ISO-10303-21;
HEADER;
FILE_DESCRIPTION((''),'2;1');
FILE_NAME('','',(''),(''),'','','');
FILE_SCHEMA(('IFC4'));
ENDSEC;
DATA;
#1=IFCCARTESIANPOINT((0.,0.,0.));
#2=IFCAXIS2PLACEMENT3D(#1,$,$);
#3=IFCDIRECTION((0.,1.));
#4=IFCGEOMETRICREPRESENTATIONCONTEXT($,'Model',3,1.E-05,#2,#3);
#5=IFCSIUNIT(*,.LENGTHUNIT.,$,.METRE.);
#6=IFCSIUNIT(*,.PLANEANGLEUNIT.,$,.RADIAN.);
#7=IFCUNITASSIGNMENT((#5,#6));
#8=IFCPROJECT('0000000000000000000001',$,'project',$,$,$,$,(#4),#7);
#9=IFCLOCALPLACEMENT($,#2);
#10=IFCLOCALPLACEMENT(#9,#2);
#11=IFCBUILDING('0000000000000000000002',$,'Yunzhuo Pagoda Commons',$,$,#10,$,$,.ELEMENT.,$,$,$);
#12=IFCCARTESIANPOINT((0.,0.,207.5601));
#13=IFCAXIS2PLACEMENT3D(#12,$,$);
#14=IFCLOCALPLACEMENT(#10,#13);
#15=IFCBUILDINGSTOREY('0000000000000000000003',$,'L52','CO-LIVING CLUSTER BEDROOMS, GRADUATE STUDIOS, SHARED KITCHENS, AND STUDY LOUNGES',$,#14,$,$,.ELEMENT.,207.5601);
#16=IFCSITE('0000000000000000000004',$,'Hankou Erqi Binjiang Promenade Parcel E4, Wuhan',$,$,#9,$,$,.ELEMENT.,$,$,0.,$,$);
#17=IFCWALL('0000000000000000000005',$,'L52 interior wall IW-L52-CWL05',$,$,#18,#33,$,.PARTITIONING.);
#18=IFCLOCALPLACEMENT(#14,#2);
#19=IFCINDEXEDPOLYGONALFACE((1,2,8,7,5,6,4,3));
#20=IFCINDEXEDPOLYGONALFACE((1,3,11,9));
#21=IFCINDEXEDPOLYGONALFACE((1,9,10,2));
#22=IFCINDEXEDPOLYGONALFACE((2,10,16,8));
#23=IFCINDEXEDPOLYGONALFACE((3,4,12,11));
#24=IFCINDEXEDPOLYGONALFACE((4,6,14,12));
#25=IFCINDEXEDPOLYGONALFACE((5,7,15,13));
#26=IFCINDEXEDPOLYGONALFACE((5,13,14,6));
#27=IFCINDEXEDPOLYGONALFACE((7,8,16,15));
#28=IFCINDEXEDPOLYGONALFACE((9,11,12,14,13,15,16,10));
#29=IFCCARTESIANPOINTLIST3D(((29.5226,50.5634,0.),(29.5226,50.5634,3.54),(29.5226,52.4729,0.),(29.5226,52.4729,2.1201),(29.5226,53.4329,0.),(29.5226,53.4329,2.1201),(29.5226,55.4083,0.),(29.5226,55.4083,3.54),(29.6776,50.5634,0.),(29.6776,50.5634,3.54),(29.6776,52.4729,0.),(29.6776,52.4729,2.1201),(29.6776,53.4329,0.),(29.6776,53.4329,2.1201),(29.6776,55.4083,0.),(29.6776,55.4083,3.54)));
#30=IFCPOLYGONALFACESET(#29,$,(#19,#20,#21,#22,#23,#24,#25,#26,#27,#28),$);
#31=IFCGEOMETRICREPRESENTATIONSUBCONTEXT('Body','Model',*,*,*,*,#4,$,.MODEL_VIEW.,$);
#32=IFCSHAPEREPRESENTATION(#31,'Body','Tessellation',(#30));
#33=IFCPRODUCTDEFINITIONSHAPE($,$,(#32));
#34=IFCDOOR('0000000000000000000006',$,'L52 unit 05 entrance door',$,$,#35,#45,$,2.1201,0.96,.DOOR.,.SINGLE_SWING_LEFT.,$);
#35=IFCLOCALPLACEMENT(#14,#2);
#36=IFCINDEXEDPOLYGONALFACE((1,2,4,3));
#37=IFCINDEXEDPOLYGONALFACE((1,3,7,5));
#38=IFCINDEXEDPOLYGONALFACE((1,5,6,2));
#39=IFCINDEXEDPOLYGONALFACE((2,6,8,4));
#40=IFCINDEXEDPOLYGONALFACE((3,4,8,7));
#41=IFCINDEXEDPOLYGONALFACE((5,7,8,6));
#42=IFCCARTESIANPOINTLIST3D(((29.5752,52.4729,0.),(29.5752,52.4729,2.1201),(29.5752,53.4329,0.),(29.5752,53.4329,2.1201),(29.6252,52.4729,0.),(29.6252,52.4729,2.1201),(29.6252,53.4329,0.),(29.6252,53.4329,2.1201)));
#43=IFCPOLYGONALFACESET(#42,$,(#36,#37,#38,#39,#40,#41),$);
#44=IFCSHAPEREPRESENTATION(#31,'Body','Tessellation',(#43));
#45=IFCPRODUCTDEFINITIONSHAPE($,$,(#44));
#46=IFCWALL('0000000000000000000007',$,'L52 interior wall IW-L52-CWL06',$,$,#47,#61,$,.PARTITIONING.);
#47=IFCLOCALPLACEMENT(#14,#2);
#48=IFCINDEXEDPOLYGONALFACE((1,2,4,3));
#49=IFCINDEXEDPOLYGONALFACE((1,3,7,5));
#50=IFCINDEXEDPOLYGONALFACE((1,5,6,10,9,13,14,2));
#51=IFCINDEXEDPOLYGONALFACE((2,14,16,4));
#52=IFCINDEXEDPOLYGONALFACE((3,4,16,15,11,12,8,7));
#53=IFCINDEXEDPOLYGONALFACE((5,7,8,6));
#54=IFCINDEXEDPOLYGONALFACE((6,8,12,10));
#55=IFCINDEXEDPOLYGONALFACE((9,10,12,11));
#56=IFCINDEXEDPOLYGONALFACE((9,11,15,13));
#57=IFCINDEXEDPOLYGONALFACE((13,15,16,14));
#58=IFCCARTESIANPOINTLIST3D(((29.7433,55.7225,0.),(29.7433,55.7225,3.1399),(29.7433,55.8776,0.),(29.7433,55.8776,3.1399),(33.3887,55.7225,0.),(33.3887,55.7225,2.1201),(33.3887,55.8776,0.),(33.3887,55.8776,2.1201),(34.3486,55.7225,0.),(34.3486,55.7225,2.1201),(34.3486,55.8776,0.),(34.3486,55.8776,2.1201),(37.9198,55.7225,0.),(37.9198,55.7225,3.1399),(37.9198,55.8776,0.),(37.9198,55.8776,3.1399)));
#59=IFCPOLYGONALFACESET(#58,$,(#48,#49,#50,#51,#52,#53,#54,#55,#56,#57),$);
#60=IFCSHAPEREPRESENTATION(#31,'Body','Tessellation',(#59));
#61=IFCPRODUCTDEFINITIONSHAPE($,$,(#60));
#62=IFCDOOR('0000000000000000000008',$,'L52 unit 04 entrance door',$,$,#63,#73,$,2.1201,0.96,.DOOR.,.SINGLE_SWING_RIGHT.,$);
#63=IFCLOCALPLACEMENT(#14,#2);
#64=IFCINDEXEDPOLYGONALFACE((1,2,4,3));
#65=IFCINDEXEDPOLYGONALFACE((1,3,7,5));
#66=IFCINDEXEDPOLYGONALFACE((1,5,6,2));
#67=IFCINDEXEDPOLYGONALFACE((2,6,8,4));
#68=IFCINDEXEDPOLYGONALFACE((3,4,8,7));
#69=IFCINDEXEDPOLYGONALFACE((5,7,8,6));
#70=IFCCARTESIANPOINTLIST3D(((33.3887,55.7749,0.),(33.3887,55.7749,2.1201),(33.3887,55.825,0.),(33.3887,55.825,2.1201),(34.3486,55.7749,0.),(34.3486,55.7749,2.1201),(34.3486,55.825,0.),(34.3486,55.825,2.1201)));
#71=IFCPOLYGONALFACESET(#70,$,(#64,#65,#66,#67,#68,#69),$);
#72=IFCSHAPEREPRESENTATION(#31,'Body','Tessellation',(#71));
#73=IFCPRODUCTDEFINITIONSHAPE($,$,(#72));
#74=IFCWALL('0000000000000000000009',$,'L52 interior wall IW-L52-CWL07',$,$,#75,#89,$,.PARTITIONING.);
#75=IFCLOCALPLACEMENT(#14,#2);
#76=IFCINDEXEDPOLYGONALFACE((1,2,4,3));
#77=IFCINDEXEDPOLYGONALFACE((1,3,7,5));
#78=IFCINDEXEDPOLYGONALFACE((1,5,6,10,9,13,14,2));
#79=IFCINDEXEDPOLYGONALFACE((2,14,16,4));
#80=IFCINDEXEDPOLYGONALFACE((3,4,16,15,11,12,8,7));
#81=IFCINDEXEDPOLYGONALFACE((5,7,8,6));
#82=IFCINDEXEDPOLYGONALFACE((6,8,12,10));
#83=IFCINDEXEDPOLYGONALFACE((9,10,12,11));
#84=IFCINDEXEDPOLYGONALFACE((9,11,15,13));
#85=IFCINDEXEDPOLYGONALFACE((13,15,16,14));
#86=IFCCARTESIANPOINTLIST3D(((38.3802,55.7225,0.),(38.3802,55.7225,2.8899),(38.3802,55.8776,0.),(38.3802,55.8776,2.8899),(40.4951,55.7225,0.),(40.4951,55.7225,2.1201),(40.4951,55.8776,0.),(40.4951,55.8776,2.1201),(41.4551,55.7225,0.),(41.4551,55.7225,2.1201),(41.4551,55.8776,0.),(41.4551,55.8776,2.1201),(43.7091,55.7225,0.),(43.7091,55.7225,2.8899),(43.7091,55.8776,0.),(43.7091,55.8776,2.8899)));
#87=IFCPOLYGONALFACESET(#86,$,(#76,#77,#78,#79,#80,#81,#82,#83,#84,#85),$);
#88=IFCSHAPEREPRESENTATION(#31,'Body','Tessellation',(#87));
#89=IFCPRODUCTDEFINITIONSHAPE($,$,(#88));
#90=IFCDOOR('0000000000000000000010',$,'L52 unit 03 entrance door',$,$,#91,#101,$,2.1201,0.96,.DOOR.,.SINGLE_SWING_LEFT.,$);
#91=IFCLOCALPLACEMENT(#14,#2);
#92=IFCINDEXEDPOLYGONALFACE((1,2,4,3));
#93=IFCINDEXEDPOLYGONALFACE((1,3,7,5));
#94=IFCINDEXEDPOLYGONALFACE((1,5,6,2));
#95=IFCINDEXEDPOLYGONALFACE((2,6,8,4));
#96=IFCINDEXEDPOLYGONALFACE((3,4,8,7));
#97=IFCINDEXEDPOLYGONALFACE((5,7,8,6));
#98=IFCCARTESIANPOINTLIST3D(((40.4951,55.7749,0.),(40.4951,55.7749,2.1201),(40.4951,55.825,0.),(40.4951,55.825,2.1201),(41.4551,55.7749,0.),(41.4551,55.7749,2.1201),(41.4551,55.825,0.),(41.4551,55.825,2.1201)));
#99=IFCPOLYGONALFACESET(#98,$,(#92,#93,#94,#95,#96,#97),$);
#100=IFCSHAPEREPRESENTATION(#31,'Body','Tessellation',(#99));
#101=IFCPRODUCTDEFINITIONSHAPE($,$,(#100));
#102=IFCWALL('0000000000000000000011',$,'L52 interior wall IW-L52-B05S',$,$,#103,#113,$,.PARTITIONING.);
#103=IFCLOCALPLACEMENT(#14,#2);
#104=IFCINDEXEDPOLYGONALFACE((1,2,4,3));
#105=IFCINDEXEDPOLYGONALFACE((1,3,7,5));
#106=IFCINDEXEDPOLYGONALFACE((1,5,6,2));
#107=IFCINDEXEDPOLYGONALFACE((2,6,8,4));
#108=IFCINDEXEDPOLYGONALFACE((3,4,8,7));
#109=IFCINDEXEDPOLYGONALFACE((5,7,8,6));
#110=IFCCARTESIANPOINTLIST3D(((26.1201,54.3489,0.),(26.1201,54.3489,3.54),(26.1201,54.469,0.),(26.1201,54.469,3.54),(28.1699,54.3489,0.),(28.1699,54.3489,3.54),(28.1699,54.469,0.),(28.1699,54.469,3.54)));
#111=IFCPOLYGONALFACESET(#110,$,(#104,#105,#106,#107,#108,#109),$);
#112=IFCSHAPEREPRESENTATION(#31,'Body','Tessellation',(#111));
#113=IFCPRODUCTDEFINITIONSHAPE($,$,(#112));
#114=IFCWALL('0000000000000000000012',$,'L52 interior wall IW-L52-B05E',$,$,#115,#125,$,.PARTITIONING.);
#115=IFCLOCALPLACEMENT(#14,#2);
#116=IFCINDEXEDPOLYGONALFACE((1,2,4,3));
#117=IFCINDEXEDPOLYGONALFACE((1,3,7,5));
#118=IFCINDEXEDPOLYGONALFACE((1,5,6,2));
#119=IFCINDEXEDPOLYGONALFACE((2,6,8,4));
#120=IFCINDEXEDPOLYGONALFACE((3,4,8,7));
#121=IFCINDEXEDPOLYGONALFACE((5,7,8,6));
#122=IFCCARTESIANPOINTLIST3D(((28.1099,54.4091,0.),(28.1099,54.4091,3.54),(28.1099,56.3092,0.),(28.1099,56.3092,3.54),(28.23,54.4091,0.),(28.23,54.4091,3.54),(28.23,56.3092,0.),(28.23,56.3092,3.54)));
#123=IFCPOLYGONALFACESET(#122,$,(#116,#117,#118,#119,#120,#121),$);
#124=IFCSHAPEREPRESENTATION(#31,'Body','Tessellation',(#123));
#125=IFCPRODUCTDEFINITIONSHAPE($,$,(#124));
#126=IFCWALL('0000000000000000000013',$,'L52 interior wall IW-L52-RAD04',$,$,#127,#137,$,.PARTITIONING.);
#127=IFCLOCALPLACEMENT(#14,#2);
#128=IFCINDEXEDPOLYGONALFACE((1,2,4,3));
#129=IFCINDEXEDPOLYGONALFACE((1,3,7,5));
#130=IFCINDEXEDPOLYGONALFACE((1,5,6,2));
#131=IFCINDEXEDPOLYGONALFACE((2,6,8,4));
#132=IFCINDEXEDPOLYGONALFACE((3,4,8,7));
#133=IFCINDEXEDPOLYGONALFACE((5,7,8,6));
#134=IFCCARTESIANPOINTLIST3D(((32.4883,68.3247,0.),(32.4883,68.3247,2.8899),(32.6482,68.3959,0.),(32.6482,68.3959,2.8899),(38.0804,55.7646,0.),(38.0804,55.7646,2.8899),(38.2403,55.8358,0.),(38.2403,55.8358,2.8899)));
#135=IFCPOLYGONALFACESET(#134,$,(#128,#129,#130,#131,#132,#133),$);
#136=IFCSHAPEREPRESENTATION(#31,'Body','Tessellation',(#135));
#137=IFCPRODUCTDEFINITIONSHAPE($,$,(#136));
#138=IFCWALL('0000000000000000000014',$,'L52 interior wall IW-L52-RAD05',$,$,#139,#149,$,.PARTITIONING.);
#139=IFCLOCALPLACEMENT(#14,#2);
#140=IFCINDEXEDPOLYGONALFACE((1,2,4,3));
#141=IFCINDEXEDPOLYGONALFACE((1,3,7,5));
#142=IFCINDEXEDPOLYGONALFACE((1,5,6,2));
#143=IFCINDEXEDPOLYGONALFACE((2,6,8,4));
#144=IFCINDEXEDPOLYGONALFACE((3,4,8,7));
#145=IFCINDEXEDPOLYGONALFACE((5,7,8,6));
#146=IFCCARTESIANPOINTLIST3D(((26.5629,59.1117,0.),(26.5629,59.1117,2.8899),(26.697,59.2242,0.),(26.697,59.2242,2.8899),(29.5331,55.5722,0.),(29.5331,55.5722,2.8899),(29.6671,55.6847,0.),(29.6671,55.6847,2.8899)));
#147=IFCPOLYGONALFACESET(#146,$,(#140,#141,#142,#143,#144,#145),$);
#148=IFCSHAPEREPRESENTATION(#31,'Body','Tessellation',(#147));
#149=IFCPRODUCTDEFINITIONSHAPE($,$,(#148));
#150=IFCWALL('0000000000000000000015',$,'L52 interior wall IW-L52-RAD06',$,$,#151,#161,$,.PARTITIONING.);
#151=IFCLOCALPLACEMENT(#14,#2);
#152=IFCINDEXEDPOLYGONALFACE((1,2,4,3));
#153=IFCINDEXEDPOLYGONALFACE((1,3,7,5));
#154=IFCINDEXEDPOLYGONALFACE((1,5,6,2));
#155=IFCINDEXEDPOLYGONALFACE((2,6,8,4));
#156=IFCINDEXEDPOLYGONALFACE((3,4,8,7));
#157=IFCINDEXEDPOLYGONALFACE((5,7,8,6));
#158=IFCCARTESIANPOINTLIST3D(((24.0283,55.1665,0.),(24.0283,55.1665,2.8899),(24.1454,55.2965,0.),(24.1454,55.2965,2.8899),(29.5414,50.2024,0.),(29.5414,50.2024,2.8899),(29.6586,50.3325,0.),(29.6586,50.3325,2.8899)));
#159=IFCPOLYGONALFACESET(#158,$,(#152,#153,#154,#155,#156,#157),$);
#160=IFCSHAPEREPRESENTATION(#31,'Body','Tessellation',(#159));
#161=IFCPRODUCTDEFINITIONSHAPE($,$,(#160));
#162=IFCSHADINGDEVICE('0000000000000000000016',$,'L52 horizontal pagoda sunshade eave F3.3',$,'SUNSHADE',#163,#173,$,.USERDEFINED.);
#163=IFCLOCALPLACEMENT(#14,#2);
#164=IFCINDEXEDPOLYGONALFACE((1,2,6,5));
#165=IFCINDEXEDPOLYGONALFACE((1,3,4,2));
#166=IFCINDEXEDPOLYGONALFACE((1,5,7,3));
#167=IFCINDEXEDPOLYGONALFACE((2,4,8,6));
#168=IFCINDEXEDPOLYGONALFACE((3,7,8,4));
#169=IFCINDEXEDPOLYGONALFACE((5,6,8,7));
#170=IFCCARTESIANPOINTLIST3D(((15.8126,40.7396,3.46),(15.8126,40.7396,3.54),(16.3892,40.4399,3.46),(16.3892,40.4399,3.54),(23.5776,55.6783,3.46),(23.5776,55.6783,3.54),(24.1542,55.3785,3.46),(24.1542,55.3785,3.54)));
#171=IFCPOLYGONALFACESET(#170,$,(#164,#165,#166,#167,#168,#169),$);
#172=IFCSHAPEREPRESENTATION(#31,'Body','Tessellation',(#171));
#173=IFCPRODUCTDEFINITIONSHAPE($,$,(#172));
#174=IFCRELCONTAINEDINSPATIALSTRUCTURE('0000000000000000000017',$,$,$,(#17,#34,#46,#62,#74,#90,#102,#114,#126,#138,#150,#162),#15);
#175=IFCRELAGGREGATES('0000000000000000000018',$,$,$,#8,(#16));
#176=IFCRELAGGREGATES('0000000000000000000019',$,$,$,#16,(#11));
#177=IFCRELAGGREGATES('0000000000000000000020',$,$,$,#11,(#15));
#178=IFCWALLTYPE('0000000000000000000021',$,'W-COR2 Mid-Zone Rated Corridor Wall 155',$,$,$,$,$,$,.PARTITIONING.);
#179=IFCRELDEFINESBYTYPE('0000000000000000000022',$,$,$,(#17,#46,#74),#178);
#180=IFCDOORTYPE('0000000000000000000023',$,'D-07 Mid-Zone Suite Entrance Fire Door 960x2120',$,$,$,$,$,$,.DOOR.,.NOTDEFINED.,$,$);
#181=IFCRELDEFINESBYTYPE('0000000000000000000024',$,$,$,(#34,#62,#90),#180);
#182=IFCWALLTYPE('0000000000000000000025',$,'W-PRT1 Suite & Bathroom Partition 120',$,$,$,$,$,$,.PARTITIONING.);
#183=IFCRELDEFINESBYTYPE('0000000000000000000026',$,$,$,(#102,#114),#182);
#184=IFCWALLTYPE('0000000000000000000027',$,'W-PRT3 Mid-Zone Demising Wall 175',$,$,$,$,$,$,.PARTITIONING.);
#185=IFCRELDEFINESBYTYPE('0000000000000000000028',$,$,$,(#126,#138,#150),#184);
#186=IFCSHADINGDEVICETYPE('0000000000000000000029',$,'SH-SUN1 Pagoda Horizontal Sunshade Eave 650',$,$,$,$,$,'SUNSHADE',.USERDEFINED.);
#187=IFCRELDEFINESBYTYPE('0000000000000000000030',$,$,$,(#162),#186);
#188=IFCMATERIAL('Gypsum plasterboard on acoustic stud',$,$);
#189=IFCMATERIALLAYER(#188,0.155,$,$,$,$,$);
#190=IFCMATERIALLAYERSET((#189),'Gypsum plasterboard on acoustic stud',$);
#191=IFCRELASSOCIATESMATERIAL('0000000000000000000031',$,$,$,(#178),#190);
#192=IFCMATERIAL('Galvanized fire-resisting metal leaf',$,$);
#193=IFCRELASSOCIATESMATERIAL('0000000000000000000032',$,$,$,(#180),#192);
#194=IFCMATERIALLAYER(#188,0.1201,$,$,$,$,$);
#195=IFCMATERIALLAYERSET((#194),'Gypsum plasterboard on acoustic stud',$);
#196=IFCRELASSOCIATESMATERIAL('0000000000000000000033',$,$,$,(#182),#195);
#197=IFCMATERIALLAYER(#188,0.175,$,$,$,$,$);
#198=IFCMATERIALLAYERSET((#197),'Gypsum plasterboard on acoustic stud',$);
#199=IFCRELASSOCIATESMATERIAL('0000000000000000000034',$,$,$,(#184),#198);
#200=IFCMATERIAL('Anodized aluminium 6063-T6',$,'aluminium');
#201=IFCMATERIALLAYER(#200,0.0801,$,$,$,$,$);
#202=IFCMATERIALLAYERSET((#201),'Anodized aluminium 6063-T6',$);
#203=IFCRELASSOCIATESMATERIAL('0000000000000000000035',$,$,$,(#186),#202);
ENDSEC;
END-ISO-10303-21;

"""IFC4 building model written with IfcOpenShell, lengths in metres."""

from ifc_helpers import new_model, si_unit, direction, frame, frame_2d, origin, origin_with_axes, origin_2d, place, context, subcontext, project, spatial, rectangle, extrude, source, transform, mapped, material, layer, layer_set, type_object, element, fill, save


model = new_model("IFC4")

# Units and contexts
model_context = context("Model", 3, precision=1e-05, world=origin(), true_north=direction((0.0, 1.0)))
body_context = subcontext(model_context, "Body", "Model", "MODEL_VIEW")
ifc_project = project(units=[si_unit("LENGTHUNIT", "METRE"), si_unit("PLANEANGLEUNIT", "RADIAN")], contexts=[model_context])

# Site, building, storey
site_placement = place(None, origin())
site = spatial("IfcSite", under=ifc_project, at=site_placement, Name="Hankou Erqi Binjiang Promenade Parcel E4, Wuhan", CompositionType="ELEMENT", RefElevation=0.0)
building_placement = place(site_placement, origin())
building = spatial("IfcBuilding", under=site, at=building_placement, Name="Yunzhuo Pagoda Commons", CompositionType="ELEMENT")
storey_placement = place(building_placement, frame((0.0, 0.0, 207.5601)))
storey = spatial("IfcBuildingStorey", under=building, at=storey_placement, Name="L52", Description="CO-LIVING CLUSTER BEDROOMS, GRADUATE STUDIOS, SHARED KITCHENS, AND STUDY LOUNGES", CompositionType="ELEMENT", Elevation=207.5601)

# Shared definitions
ifc_material_1 = material(Name="Anodized aluminium 6063-T6", Category="aluminium")

# Shared definitions
ifc_material_2 = material(Name="Gypsum plasterboard on acoustic stud")
ifc_layer_1 = layer(ifc_material_2, 0.155)
ifc_layer_set_1 = layer_set([ifc_layer_1], Name="Gypsum plasterboard on acoustic stud")
wall_type_1 = type_object("IfcWallType", Name="W-COR2 Mid-Zone Rated Corridor Wall 155", PredefinedType="PARTITIONING", material=ifc_layer_set_1)

# Walls, openings, doors
wall_1_placement = place(storey_placement, frame((29.6001, 50.5635, 0.0), z_axis=(0.0, 0.0, 1.0), x_axis=(0.0, 1.0, 0.0)))
wall_1 = element("IfcWall", 1, at=wall_1_placement, inside=storey, type_object=wall_type_1, Name="L52 interior wall IW-L52-CWL05", PredefinedType="PARTITIONING", context=body_context, shape_type="SweptSolid", body=[
    extrude(rectangle(XDim=4.845, YDim=0.155, at=frame_2d((2.4224, 0.0))), origin(), (0.0, 0.0, 1.0), 3.54),
])
opening_1_placement = place(wall_1_placement, frame((1.9094, 0.0, 0.0)))
opening_1 = element("IfcOpeningElement", 2, at=opening_1_placement, cuts=wall_1, PredefinedType="OPENING", context=body_context, shape_type="SweptSolid", body=[
    extrude(rectangle(XDim=0.96, YDim=2.1201, at=frame_2d((0.48, 1.0601))), frame((0.0, 0.0874, 0.0), z_axis=(0.0, -1.0, 0.0), x_axis=(1.0, 0.0, 0.0)), (0.0, 0.0, 1.0), 0.175),
])
ifc_material_3 = material(Name="Galvanized fire-resisting metal leaf")
door_type_1 = type_object("IfcDoorType", Name="D-07 Mid-Zone Suite Entrance Fire Door 960x2120", OperationType="NOTDEFINED", PredefinedType="DOOR", material=ifc_material_3)
shared_shape_1 = source(origin(), body_context, "Body", "SweptSolid", [
    extrude(rectangle(XDim=0.96, YDim=2.1201, at=frame_2d((0.48, 1.0601))), frame((0.0, 0.0249, 0.0), z_axis=(0.0, -1.0, 0.0), x_axis=(1.0, 0.0, 0.0)), (0.0, 0.0, 1.0), 0.05),
])
door_1_placement = place(opening_1_placement, origin_with_axes())
door_1 = element("IfcDoor", 3, at=door_1_placement, inside=storey, type_object=door_type_1, Name="L52 unit 05 entrance door", OperationType="SINGLE_SWING_LEFT", OverallHeight=2.1201, OverallWidth=0.96, PredefinedType="DOOR", context=body_context, shape_type="MappedRepresentation", body=[
    mapped(shared_shape_1, transform((0.0, 0.0, 0.0), scale=1.0)),
])
fill(opening_1, door_1)
wall_2_placement = place(storey_placement, frame((29.7432, 55.8, 0.0), z_axis=(0.0, 0.0, 1.0), x_axis=(1.0, 0.0, 0.0)))
wall_2 = element("IfcWall", 4, at=wall_2_placement, inside=storey, type_object=wall_type_1, Name="L52 interior wall IW-L52-CWL06", PredefinedType="PARTITIONING", context=body_context, shape_type="SweptSolid", body=[
    extrude(rectangle(XDim=8.1765, YDim=0.155, at=frame_2d((4.0884, 0.0))), origin(), (0.0, 0.0, 1.0), 3.1399),
])
opening_2_placement = place(wall_2_placement, frame((3.6455, 0.0, 0.0)))
opening_2 = element("IfcOpeningElement", 5, at=opening_2_placement, cuts=wall_2, PredefinedType="OPENING", context=body_context, shape_type="SweptSolid", body=[
    extrude(rectangle(XDim=0.96, YDim=2.1201, at=frame_2d((0.48, 1.0601))), frame((0.0, 0.0874, 0.0), z_axis=(0.0, -1.0, 0.0), x_axis=(1.0, 0.0, 0.0)), (0.0, 0.0, 1.0), 0.175),
])
door_2_placement = place(opening_2_placement, origin_with_axes())
door_2 = element("IfcDoor", 6, at=door_2_placement, inside=storey, type_object=door_type_1, Name="L52 unit 04 entrance door", OperationType="SINGLE_SWING_RIGHT", OverallHeight=2.1201, OverallWidth=0.96, PredefinedType="DOOR", context=body_context, shape_type="MappedRepresentation", body=[
    mapped(shared_shape_1, transform((0.0, 0.0, 0.0), scale=1.0)),
])
fill(opening_2, door_2)
wall_3_placement = place(storey_placement, frame((38.3801, 55.8, 0.0), z_axis=(0.0, 0.0, 1.0), x_axis=(1.0, 0.0, 0.0)))
wall_3 = element("IfcWall", 7, at=wall_3_placement, inside=storey, type_object=wall_type_1, Name="L52 interior wall IW-L52-CWL07", PredefinedType="PARTITIONING", context=body_context, shape_type="SweptSolid", body=[
    extrude(rectangle(XDim=5.3289, YDim=0.155, at=frame_2d((2.6646, 0.0))), origin(), (0.0, 0.0, 1.0), 2.8899),
])
opening_3_placement = place(wall_3_placement, frame((2.115, 0.0, 0.0)))
opening_3 = element("IfcOpeningElement", 8, at=opening_3_placement, cuts=wall_3, PredefinedType="OPENING", context=body_context, shape_type="SweptSolid", body=[
    extrude(rectangle(XDim=0.96, YDim=2.1201, at=frame_2d((0.48, 1.0601))), frame((0.0, 0.0874, 0.0), z_axis=(0.0, -1.0, 0.0), x_axis=(1.0, 0.0, 0.0)), (0.0, 0.0, 1.0), 0.175),
])
door_3_placement = place(opening_3_placement, origin_with_axes())
door_3 = element("IfcDoor", 9, at=door_3_placement, inside=storey, type_object=door_type_1, Name="L52 unit 03 entrance door", OperationType="SINGLE_SWING_LEFT", OverallHeight=2.1201, OverallWidth=0.96, PredefinedType="DOOR", context=body_context, shape_type="MappedRepresentation", body=[
    mapped(shared_shape_1, transform((0.0, 0.0, 0.0), scale=1.0)),
])
fill(opening_3, door_3)

# Walls
ifc_layer_2 = layer(ifc_material_2, 0.1201)
ifc_layer_set_2 = layer_set([ifc_layer_2], Name="Gypsum plasterboard on acoustic stud")
wall_type_2 = type_object("IfcWallType", Name="W-PRT1 Suite & Bathroom Partition 120", PredefinedType="PARTITIONING", material=ifc_layer_set_2)
wall_4_placement = place(storey_placement, frame((26.1201, 54.4089, 0.0), z_axis=(0.0, 0.0, 1.0), x_axis=(1.0, 0.0, 0.0)))
element("IfcWall", 10, at=wall_4_placement, inside=storey, type_object=wall_type_2, Name="L52 interior wall IW-L52-B05S", PredefinedType="PARTITIONING", context=body_context, shape_type="SweptSolid", body=[
    extrude(rectangle(XDim=2.0498, YDim=0.1201, at=frame_2d((1.0249, 0.0))), origin(), (0.0, 0.0, 1.0), 3.54),
])
wall_5_placement = place(storey_placement, frame((28.1699, 54.4089, 0.0), z_axis=(0.0, 0.0, 1.0), x_axis=(0.0, 1.0, 0.0)))
element("IfcWall", 11, at=wall_5_placement, inside=storey, type_object=wall_type_2, Name="L52 interior wall IW-L52-B05E", PredefinedType="PARTITIONING", context=body_context, shape_type="SweptSolid", body=[
    extrude(rectangle(XDim=1.9001, YDim=0.1201, at=frame_2d((0.9502, 0.0))), origin(), (0.0, 0.0, 1.0), 3.54),
])
ifc_layer_3 = layer(ifc_material_2, 0.175)
ifc_layer_set_3 = layer_set([ifc_layer_3], Name="Gypsum plasterboard on acoustic stud")
wall_type_3 = type_object("IfcWallType", Name="W-PRT3 Mid-Zone Demising Wall 175", PredefinedType="PARTITIONING", material=ifc_layer_set_3)
wall_6_placement = place(storey_placement, frame((38.1604, 55.8, 0.0), z_axis=(0.0, 0.0, 1.0), x_axis=(-0.406733, 0.913547, 0.0)))
element("IfcWall", 12, at=wall_6_placement, inside=storey, type_object=wall_type_3, Name="L52 interior wall IW-L52-RAD04", PredefinedType="PARTITIONING", context=body_context, shape_type="SweptSolid", body=[
    extrude(rectangle(XDim=13.7488, YDim=0.175, at=frame_2d((6.8745, 0.0))), origin(), (0.0, 0.0, 1.0), 2.8899),
])
wall_7_placement = place(storey_placement, frame((29.6001, 55.6284, 0.0), z_axis=(0.0, 0.0, 1.0), x_axis=(-0.64281, 0.766025, 0.0)))
element("IfcWall", 13, at=wall_7_placement, inside=storey, type_object=wall_type_3, Name="L52 interior wall IW-L52-RAD05", PredefinedType="PARTITIONING", context=body_context, shape_type="SweptSolid", body=[
    extrude(rectangle(XDim=4.6206, YDim=0.175, at=frame_2d((2.3103, 0.0))), origin(), (0.0, 0.0, 1.0), 2.8899),
])
wall_8_placement = place(storey_placement, frame((29.6001, 50.2673, 0.0), z_axis=(0.0, 0.0, 1.0), x_axis=(-0.743144, 0.669132, 0.0)))
element("IfcWall", 14, at=wall_8_placement, inside=storey, type_object=wall_type_3, Name="L52 interior wall IW-L52-RAD06", PredefinedType="PARTITIONING", context=body_context, shape_type="SweptSolid", body=[
    extrude(rectangle(XDim=7.4187, YDim=0.175, at=frame_2d((3.7095, 0.0))), origin(), (0.0, 0.0, 1.0), 2.8899),
])

# Shading device
ifc_layer_4 = layer(ifc_material_1, 0.0801)
ifc_layer_set_4 = layer_set([ifc_layer_4], Name="Anodized aluminium 6063-T6")
shading_device_type = type_object("IfcShadingDeviceType", Name="SH-SUN1 Pagoda Horizontal Sunshade Eave 650", ElementType="SUNSHADE", PredefinedType="USERDEFINED", material=ifc_layer_set_4)
shared_shape_2 = source(origin(), body_context, "Body", "SweptSolid", [
    extrude(rectangle(XDim=16.8362, YDim=0.6499, at=origin_2d()), origin(), (0.0, 0.0, 1.0), 0.0801),
])
shading_device_placement = place(storey_placement, frame((19.9834, 48.0591, 3.46), z_axis=(0.0, 0.0, 1.0), x_axis=(-0.461207, -0.887293, 0.0)))
element("IfcShadingDevice", 15, at=shading_device_placement, inside=storey, type_object=shading_device_type, Name="L52 horizontal pagoda sunshade eave F3.3", ObjectType="SUNSHADE", PredefinedType="USERDEFINED", context=body_context, shape_type="MappedRepresentation", body=[
    mapped(shared_shape_2, transform((0.0, 0.0, 0.0), scale=1.0)),
])

save(model, "model.ifc")
